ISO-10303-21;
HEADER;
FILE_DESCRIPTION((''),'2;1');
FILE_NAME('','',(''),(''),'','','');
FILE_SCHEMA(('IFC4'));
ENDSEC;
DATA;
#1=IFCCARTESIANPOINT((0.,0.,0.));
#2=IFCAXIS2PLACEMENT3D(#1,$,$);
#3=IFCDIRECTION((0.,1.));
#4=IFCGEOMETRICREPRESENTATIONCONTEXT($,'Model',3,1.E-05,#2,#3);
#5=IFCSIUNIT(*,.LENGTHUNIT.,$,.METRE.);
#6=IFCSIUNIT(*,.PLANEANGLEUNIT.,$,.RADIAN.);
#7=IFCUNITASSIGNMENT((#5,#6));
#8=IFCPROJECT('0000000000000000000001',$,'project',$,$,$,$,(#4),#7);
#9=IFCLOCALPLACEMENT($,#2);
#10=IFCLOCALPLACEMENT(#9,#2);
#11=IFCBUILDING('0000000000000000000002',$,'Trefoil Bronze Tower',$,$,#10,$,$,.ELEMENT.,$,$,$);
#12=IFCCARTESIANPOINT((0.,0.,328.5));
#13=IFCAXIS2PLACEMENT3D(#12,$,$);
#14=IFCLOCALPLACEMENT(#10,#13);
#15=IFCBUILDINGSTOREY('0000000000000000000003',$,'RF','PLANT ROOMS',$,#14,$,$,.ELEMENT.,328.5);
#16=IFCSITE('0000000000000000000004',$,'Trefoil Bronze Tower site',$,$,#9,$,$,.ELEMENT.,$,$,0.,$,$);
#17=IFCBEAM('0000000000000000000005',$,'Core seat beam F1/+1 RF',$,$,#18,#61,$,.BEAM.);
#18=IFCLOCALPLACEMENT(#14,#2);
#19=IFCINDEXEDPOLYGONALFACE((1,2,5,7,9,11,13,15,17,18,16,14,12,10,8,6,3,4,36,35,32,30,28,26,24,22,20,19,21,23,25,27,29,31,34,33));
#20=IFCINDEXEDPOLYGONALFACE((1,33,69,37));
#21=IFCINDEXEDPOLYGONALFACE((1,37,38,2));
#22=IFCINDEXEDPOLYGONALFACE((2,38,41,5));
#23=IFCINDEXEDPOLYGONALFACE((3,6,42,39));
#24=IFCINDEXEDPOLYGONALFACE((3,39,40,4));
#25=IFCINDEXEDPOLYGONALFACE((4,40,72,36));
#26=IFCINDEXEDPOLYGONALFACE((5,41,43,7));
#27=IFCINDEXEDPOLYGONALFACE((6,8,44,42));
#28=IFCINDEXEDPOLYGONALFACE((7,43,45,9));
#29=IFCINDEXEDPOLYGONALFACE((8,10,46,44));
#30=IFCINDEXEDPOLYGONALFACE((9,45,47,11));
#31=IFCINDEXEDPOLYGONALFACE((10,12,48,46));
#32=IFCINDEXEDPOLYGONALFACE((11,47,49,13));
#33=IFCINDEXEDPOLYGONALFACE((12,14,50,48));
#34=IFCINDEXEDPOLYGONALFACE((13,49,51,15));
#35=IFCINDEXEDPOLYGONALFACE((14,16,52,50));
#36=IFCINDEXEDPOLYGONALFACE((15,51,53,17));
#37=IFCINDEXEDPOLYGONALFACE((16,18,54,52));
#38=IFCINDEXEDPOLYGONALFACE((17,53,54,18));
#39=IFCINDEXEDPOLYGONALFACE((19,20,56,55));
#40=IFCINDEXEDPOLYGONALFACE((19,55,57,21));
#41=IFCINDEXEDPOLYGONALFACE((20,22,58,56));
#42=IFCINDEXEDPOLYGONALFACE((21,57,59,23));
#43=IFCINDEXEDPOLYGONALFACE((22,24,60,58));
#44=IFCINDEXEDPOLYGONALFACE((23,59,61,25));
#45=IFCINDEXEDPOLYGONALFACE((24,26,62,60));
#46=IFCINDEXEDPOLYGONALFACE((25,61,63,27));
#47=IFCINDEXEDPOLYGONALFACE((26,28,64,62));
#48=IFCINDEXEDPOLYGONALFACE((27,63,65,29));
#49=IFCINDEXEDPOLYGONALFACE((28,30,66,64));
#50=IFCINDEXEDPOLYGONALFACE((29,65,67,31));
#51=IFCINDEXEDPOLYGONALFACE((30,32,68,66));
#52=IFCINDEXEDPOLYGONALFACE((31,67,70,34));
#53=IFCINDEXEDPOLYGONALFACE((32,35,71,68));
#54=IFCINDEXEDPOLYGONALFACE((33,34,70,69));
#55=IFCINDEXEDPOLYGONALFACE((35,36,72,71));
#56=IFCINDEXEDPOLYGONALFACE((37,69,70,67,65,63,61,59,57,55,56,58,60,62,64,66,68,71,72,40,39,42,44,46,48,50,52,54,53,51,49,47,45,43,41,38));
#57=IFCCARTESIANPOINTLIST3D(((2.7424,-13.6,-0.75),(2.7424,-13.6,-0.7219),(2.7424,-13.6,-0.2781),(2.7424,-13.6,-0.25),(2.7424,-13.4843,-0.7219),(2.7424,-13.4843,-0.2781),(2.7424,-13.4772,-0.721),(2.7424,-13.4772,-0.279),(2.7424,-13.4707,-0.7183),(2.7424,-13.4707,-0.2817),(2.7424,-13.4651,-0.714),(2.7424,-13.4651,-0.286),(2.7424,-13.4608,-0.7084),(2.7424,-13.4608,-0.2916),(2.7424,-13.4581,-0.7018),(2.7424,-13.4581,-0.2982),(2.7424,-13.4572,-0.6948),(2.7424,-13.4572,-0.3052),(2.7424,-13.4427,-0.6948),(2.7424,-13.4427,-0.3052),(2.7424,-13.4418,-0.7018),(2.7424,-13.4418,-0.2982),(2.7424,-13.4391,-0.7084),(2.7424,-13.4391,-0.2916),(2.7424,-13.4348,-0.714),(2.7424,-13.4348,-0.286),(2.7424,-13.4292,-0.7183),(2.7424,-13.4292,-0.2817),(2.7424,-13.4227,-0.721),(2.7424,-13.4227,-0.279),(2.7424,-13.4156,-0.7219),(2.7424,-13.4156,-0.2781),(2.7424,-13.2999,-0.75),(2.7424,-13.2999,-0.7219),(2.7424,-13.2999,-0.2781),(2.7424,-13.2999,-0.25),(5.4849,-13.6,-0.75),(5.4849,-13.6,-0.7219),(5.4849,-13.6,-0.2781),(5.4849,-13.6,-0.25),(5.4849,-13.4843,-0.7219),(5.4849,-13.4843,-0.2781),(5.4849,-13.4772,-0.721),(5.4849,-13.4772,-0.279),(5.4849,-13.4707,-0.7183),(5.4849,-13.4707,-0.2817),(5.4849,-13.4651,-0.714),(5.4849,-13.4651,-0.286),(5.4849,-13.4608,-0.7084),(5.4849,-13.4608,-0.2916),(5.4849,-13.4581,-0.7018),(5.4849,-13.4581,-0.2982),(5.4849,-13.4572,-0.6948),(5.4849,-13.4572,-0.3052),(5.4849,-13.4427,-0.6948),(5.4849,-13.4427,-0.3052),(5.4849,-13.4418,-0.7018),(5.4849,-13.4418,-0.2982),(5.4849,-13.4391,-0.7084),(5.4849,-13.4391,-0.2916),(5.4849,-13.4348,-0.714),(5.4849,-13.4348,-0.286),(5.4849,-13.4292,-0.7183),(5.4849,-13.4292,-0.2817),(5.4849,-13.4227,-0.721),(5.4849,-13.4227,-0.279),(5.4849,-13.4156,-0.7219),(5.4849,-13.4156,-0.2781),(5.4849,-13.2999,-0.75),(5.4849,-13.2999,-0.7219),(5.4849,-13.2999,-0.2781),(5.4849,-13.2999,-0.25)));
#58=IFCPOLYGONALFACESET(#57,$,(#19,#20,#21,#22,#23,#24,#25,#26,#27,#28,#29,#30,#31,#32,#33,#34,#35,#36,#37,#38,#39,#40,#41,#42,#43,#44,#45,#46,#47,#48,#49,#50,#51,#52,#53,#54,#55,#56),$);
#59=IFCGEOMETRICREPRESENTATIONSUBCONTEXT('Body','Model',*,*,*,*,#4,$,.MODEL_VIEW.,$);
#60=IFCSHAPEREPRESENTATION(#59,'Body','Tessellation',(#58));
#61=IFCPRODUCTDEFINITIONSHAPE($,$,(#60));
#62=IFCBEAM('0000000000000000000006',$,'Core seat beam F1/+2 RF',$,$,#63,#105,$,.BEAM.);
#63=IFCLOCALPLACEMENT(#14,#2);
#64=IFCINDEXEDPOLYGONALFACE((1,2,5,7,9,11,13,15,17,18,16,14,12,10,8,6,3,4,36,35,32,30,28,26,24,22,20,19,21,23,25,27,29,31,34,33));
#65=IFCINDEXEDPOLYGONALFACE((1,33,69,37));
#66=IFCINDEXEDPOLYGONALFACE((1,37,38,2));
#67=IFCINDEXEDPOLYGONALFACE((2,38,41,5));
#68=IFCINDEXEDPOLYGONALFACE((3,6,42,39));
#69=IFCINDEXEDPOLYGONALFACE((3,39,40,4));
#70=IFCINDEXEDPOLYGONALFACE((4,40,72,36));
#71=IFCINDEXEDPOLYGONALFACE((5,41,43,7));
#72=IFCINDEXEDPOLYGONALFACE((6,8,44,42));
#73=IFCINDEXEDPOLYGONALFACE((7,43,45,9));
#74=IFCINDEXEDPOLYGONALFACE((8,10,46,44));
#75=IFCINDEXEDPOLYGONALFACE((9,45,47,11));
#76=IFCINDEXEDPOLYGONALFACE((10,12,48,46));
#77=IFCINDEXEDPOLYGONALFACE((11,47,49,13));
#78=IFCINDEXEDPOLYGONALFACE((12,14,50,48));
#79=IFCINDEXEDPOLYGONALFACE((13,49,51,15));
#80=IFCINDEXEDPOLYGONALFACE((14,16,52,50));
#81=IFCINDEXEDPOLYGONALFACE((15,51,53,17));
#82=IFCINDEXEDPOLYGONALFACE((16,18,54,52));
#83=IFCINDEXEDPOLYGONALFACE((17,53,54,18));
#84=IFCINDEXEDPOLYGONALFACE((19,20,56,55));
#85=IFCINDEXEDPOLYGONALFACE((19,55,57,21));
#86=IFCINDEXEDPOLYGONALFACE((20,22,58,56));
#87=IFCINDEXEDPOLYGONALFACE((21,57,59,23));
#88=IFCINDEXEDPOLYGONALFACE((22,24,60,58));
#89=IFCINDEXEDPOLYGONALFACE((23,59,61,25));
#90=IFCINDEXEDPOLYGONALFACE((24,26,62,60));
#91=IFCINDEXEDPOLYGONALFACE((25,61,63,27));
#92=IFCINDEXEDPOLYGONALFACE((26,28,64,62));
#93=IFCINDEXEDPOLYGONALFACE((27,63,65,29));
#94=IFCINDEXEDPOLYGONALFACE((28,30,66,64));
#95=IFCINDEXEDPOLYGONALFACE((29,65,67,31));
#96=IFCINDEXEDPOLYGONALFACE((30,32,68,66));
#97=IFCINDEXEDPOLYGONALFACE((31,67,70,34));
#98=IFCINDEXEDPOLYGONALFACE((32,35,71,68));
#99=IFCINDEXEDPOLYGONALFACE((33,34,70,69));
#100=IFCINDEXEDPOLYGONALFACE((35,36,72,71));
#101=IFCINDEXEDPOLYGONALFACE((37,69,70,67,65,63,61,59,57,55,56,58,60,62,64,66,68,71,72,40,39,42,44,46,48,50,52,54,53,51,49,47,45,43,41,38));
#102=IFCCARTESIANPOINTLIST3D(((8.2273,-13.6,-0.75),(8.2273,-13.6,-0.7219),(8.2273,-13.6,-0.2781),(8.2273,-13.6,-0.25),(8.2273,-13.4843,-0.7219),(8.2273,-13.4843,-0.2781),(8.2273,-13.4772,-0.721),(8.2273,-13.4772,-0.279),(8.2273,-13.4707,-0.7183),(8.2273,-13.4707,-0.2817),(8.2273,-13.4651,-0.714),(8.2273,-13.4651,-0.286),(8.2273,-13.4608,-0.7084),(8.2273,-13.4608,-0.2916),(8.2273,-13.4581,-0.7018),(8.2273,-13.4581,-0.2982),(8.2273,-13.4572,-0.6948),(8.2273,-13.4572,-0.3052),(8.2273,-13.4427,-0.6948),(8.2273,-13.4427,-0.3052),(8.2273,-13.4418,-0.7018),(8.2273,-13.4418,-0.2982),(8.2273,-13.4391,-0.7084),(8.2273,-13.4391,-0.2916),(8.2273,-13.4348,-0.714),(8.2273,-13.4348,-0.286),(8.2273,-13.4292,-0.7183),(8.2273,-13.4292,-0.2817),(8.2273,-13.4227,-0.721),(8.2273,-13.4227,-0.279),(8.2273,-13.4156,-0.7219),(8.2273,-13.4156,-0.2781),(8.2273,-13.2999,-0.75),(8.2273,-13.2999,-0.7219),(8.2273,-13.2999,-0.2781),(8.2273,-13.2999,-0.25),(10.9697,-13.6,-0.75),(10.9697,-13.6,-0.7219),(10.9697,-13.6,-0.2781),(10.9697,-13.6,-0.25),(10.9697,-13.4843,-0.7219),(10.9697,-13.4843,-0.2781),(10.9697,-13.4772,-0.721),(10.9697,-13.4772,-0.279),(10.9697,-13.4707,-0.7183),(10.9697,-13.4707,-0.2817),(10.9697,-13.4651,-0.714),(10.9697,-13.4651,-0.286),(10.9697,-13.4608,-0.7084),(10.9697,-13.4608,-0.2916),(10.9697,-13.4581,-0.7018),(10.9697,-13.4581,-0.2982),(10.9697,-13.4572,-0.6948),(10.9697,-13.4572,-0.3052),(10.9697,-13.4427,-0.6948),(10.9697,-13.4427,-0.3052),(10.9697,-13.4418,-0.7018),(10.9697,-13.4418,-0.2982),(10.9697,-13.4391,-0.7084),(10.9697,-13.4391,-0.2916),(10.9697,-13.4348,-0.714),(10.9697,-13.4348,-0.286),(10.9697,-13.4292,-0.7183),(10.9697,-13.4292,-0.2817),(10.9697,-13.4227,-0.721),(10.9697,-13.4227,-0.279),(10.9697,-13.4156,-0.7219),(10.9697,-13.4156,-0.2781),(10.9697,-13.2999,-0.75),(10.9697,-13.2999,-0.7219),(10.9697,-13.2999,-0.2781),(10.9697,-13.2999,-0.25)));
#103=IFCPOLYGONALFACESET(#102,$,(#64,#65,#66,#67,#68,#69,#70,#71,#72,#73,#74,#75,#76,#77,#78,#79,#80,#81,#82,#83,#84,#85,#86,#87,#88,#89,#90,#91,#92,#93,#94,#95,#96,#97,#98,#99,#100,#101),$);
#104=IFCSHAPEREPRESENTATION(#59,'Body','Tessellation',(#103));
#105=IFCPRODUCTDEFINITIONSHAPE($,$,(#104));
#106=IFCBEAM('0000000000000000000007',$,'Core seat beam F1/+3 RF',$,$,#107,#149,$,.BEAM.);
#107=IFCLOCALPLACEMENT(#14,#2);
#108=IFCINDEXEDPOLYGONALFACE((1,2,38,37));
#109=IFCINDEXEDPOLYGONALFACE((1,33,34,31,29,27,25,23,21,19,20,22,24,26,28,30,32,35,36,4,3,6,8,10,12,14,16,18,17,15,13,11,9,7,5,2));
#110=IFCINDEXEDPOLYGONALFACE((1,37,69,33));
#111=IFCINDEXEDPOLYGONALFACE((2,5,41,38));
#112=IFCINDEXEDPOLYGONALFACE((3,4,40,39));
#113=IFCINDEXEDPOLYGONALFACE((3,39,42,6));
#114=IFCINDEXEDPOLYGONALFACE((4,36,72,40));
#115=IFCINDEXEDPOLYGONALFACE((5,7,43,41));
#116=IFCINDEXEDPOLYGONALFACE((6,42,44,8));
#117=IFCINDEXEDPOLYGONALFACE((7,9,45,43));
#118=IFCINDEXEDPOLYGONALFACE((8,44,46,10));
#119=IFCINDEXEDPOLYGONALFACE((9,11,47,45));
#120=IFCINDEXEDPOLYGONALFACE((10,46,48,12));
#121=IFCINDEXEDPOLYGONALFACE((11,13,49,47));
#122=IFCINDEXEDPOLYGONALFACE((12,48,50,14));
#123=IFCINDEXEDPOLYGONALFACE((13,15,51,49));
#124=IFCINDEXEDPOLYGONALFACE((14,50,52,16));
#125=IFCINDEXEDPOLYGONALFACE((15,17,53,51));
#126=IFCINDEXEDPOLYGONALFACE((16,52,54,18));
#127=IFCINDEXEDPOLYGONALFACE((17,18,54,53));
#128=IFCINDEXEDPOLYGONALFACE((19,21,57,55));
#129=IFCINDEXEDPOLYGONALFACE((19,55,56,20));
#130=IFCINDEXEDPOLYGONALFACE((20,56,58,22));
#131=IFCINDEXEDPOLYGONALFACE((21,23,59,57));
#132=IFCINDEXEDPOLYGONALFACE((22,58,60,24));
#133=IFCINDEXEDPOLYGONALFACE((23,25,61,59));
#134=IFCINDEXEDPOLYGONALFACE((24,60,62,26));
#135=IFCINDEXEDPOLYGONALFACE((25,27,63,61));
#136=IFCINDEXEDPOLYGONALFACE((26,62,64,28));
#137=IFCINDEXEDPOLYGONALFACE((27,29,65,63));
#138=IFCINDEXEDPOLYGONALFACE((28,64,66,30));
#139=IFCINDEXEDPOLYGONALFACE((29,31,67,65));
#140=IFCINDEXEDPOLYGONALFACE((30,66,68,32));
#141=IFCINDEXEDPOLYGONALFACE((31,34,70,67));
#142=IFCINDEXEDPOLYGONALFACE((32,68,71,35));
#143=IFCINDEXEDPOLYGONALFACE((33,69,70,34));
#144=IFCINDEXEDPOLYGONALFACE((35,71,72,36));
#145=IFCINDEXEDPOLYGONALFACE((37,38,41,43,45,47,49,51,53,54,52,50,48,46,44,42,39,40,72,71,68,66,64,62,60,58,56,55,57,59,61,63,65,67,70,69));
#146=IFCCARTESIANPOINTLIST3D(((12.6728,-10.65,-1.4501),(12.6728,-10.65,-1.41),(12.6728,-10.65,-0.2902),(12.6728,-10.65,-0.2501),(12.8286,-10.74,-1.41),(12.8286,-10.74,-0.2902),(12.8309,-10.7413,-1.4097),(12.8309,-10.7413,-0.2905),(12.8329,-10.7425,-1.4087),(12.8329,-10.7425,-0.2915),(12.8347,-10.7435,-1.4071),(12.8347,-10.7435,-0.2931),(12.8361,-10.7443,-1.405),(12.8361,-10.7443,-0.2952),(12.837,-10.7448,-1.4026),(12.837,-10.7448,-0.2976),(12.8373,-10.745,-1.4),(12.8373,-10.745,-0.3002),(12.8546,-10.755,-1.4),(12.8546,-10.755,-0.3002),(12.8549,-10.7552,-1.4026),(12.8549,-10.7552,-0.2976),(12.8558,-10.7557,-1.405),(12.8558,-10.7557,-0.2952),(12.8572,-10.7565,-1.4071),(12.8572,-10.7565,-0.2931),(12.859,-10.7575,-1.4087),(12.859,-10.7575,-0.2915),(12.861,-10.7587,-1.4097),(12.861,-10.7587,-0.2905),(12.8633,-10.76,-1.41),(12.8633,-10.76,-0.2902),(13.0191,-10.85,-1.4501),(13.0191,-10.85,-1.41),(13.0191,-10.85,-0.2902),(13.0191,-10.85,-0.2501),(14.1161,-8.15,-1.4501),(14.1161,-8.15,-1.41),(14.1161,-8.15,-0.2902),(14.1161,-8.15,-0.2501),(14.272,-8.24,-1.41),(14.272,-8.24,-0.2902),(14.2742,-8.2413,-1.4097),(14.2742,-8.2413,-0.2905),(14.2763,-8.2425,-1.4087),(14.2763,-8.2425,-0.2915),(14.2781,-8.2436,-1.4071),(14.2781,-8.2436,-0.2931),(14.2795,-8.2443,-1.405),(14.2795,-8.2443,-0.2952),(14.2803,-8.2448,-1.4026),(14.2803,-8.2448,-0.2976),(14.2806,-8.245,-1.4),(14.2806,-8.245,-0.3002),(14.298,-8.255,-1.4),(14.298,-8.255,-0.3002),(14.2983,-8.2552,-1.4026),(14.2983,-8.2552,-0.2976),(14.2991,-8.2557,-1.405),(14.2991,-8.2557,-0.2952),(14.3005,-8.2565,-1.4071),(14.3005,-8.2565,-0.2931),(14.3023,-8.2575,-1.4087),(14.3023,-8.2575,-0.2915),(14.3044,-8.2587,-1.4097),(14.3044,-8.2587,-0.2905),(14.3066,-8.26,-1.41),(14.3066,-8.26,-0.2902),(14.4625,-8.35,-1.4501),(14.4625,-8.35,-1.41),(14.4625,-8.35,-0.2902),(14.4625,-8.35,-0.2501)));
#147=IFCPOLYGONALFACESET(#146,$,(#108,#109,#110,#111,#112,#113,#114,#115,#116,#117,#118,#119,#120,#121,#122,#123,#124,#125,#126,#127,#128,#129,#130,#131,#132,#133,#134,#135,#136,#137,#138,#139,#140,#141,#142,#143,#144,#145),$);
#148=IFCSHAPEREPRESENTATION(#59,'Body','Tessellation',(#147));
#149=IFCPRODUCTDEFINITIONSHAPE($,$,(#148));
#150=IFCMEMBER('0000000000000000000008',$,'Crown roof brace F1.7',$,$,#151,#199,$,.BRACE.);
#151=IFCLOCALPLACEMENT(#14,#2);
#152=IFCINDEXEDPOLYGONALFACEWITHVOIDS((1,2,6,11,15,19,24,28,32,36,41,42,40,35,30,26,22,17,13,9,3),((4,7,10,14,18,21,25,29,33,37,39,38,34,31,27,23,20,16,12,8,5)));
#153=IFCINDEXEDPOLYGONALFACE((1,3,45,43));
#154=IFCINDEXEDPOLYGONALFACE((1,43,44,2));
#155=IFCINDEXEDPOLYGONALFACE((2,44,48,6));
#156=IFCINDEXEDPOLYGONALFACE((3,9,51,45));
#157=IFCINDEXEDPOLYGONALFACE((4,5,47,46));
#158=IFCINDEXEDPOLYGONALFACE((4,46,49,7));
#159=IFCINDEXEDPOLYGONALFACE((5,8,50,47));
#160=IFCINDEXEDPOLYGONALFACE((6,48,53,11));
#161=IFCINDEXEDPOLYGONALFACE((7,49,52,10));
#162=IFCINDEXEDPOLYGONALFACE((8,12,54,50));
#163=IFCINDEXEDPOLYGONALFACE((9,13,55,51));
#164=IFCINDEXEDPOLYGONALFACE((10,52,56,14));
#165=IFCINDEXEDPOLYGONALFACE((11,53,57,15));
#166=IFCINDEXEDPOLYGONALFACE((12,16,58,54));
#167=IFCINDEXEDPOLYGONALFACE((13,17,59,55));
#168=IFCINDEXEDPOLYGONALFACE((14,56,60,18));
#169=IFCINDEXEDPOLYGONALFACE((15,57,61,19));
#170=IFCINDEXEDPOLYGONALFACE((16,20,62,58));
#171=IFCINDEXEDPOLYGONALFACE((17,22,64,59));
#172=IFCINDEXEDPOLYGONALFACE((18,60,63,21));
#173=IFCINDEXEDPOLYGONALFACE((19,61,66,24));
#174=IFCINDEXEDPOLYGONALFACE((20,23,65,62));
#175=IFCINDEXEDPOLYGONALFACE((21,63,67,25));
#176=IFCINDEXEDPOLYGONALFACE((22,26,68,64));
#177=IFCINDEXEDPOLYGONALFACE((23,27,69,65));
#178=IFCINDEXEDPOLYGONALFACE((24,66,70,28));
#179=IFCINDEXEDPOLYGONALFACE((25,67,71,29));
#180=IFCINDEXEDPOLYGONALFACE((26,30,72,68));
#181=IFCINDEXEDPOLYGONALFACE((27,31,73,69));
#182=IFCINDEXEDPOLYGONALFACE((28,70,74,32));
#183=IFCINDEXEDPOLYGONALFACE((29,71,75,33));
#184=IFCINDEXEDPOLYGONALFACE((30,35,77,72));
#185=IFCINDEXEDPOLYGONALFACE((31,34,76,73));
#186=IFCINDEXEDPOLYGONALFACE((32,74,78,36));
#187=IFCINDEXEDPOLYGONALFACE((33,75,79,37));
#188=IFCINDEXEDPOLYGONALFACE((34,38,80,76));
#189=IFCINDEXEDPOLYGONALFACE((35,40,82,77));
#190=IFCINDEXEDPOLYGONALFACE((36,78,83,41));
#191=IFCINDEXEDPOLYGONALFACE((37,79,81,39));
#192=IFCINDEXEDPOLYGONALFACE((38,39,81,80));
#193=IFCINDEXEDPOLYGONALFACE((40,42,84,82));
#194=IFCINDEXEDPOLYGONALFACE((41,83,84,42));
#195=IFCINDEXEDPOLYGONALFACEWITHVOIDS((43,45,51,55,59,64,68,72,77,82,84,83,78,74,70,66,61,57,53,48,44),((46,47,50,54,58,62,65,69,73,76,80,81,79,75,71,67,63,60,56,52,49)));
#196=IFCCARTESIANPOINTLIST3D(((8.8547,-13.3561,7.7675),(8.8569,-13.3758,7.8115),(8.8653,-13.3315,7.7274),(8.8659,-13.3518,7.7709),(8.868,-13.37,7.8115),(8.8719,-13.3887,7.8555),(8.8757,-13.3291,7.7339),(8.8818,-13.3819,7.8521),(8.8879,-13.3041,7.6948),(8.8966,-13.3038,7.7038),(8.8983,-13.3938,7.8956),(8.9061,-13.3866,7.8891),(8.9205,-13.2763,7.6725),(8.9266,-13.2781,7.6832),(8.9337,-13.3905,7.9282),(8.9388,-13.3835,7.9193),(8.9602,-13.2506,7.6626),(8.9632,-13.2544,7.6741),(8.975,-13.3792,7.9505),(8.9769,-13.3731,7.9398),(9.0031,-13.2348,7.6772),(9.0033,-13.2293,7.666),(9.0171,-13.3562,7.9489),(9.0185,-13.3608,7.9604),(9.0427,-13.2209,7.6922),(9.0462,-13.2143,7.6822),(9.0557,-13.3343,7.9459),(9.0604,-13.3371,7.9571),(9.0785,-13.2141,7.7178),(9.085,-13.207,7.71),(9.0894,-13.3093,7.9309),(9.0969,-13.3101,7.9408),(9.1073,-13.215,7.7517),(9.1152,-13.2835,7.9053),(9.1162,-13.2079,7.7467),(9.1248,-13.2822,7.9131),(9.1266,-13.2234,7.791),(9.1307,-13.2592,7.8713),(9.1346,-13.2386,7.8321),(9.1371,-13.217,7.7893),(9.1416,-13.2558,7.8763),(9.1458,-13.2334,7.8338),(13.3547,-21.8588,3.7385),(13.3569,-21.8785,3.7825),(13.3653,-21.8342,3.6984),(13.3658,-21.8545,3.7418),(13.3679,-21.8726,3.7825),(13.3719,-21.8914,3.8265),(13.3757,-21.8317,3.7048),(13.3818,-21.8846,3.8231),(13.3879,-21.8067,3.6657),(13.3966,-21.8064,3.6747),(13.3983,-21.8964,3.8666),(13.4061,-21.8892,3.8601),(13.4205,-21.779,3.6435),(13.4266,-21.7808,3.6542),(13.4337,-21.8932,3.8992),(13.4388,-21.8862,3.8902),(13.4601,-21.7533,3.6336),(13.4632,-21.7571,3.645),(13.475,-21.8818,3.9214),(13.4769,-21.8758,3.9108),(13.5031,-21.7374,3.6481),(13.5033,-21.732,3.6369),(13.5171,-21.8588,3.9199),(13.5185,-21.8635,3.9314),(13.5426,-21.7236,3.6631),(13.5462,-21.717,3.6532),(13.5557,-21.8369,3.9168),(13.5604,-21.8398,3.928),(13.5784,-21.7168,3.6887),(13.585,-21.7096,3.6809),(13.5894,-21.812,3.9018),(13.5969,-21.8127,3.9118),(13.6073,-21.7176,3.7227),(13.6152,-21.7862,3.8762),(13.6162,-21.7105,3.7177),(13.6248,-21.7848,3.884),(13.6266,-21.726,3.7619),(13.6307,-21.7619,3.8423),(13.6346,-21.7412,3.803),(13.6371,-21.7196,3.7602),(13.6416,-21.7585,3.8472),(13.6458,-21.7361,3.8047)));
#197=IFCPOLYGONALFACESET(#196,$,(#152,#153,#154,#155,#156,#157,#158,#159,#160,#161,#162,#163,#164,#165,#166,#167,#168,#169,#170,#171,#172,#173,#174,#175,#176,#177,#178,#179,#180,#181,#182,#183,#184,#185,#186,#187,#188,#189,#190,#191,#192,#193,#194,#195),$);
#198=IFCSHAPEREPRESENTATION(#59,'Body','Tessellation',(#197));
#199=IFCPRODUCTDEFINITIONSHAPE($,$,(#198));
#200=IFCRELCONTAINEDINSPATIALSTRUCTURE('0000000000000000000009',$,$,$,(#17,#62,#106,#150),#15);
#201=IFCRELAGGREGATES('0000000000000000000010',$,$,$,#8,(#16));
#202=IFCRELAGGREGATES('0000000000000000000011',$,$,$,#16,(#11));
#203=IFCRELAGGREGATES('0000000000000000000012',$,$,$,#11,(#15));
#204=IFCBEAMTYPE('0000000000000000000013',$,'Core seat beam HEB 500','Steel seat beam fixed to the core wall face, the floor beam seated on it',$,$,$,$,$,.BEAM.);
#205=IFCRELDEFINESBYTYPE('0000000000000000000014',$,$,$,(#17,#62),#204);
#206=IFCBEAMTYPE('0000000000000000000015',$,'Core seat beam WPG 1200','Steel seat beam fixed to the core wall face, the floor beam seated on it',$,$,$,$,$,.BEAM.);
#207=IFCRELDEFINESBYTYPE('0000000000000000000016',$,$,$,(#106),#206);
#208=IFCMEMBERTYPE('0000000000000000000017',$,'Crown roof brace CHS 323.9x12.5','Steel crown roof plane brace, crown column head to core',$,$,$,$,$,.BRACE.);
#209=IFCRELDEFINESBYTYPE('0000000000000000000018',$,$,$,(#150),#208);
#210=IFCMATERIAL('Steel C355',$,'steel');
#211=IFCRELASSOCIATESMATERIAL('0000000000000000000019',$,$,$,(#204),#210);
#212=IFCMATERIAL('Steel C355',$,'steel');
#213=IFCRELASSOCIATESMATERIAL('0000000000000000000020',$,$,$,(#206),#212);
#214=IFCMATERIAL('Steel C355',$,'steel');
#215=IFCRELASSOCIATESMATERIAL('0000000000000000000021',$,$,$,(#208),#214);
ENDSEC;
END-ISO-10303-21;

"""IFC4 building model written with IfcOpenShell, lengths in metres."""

from ifc_helpers import new_model, si_unit, direction, frame, origin, origin_2d, place, context, subcontext, project, spatial, hollow_circle, i_section, extrude, material, material_profile, profile_set, type_object, element, save


model = new_model("IFC4")

# Units and contexts
model_context = context("Model", 3, precision=1e-05, world=origin(), true_north=direction((0.0, 1.0)))
body_context = subcontext(model_context, "Body", "Model", "MODEL_VIEW")
ifc_project = project(units=[si_unit("LENGTHUNIT", "METRE"), si_unit("PLANEANGLEUNIT", "RADIAN")], contexts=[model_context])

# Site, building, storey
site_placement = place(None, origin())
site = spatial("IfcSite", under=ifc_project, at=site_placement, Name="Trefoil Bronze Tower site", CompositionType="ELEMENT", RefElevation=0.0)
building_placement = place(site_placement, origin())
building = spatial("IfcBuilding", under=site, at=building_placement, Name="Trefoil Bronze Tower", CompositionType="ELEMENT")
storey_placement = place(building_placement, frame((0.0, 0.0, 328.5)))
storey = spatial("IfcBuildingStorey", under=building, at=storey_placement, Name="RF", Description="PLANT ROOMS", CompositionType="ELEMENT", Elevation=328.5)

# Beams
ifc_material_1 = material(Name="Steel C355", Category="steel")
ifc_material_profile_1 = material_profile(ifc_material_1, i_section(OverallWidth=0.3, OverallDepth=0.5, WebThickness=0.0144, FlangeThickness=0.0281, FilletRadius=0.0271, at=origin_2d()), Name="HEB 500")
ifc_profile_set_1 = profile_set([ifc_material_profile_1], Name="Steel C355")
beam_type_1 = type_object("IfcBeamType", Name="Core seat beam HEB 500", Description="Steel seat beam fixed to the core wall face, the floor beam seated on it", PredefinedType="BEAM", material=ifc_profile_set_1)
for number, where, z_axis, x_axis, name in (
    (1, (2.7424, -13.45, -0.5), (1.0, 0.0, 0.0), (0.0, 1.0, 0.0), "Core seat beam F1/+1 RF"),
    (2, (8.2273, -13.45, -0.5), (1.0, 0.0, 0.0), (0.0, 1.0, 0.0), "Core seat beam F1/+2 RF"),
):
    element("IfcBeam", number, at=place(storey_placement, frame(where, z_axis=z_axis, x_axis=x_axis)), inside=storey, type_object=beam_type_1, Name=name, PredefinedType="BEAM", context=body_context, shape_type="SweptSolid", body=[
        extrude(i_section(OverallWidth=0.3, OverallDepth=0.5, WebThickness=0.0144, FlangeThickness=0.0281, FilletRadius=0.0271, at=origin_2d()), origin(), (0.0, 0.0, 1.0), 2.7424),
    ])
ifc_material_2 = material(Name="Steel C355", Category="steel")
ifc_material_profile_2 = material_profile(ifc_material_2, i_section(OverallWidth=0.3999, OverallDepth=1.2, WebThickness=0.02, FlangeThickness=0.04, FilletRadius=0.01, at=origin_2d()), Name="WPG 1200")
ifc_profile_set_2 = profile_set([ifc_material_profile_2], Name="Steel C355")
beam_type_2 = type_object("IfcBeamType", Name="Core seat beam WPG 1200", Description="Steel seat beam fixed to the core wall face, the floor beam seated on it", PredefinedType="BEAM", material=ifc_profile_set_2)
beam_placement = place(storey_placement, frame((12.8459, -10.75, -0.8501), z_axis=(0.499996, 0.866028, 0.0), x_axis=(-0.866028, 0.499996, 0.0)))
element("IfcBeam", 3, at=beam_placement, inside=storey, type_object=beam_type_2, Name="Core seat beam F1/+3 RF", PredefinedType="BEAM", context=body_context, shape_type="SweptSolid", body=[
    extrude(i_section(OverallWidth=0.3999, OverallDepth=1.2, WebThickness=0.02, FlangeThickness=0.04, FilletRadius=0.01, at=origin_2d()), origin(), (0.0, 0.0, 1.0), 2.8867),
])

# Member
ifc_material_3 = material(Name="Steel C355", Category="steel")
ifc_material_profile_3 = material_profile(ifc_material_3, hollow_circle(Radius=0.1619, WallThickness=0.0125, at=origin_2d()), Name="CHS 323.9x12.5")
ifc_profile_set_3 = profile_set([ifc_material_profile_3], Name="Steel C355")
member_type = type_object("IfcMemberType", Name="Crown roof brace CHS 323.9x12.5", Description="Steel crown roof plane brace, crown column head to core", PredefinedType="BRACE", material=ifc_profile_set_3)
member_placement = place(storey_placement, frame((13.5, -21.8027, 3.7825), z_axis=(-0.43146, 0.815237, 0.386305), x_axis=(-0.883849, -0.467772, 0.0)))
element("IfcMember", 4, at=member_placement, inside=storey, type_object=member_type, Name="Crown roof brace F1.7", PredefinedType="BRACE", context=body_context, shape_type="SweptSolid", body=[
    extrude(hollow_circle(Radius=0.1619, WallThickness=0.0125, at=origin_2d()), origin(), (0.0, 0.0, 1.0), 10.4297),
])

save(model, "model.ifc")
